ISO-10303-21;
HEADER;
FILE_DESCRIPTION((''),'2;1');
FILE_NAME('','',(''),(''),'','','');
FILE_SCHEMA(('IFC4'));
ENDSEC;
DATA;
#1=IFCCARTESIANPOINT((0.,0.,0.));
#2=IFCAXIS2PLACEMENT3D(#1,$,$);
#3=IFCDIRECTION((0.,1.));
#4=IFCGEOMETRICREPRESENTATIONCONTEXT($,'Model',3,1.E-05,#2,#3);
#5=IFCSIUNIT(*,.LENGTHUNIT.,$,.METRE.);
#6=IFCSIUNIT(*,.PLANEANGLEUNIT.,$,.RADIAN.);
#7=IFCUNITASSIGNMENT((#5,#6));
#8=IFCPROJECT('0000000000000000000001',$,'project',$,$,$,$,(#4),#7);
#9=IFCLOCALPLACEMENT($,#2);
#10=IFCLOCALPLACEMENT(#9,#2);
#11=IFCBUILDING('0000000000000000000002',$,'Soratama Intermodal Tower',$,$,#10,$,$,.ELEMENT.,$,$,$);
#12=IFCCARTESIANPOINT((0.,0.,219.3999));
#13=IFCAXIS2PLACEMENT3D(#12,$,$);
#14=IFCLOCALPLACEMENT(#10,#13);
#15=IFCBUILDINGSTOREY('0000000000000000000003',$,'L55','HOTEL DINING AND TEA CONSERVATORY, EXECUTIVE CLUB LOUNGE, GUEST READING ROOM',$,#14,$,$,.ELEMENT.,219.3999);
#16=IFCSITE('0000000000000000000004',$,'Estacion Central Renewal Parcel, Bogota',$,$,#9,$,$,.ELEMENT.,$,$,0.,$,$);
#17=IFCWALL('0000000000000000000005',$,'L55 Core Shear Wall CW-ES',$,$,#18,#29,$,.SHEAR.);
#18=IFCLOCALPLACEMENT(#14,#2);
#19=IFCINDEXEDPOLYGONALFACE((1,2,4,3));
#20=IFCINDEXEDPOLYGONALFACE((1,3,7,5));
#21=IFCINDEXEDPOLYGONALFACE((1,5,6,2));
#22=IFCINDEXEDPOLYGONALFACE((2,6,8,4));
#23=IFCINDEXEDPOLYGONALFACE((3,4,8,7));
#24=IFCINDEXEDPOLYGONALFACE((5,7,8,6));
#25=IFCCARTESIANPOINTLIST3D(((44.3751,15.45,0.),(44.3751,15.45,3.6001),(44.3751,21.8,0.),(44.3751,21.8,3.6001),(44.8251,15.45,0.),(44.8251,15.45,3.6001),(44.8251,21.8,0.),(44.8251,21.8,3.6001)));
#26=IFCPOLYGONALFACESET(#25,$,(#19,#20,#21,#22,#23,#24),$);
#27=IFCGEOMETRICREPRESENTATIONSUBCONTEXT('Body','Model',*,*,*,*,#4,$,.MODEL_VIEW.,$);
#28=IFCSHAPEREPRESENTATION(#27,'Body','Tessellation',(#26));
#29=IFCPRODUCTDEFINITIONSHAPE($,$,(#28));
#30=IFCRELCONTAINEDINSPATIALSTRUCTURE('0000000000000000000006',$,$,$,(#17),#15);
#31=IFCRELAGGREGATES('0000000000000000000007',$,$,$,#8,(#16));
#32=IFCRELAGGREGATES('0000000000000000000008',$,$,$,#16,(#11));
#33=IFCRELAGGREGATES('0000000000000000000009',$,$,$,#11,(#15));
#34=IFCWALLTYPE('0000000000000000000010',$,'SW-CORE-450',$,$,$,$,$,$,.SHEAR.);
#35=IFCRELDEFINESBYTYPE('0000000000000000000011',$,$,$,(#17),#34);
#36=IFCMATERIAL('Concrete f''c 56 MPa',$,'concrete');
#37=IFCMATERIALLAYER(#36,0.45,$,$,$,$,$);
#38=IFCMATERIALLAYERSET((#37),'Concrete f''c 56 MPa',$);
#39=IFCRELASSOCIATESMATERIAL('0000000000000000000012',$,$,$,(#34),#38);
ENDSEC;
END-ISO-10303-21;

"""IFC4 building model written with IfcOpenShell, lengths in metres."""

from ifc_helpers import new_model, si_unit, direction, frame, frame_2d, origin, place, context, subcontext, project, spatial, rectangle, extrude, material, layer, layer_set, type_object, element, save


model = new_model("IFC4")

# Units and contexts
model_context = context("Model", 3, precision=1e-05, world=origin(), true_north=direction((0.0, 1.0)))
body_context = subcontext(model_context, "Body", "Model", "MODEL_VIEW")
ifc_project = project(units=[si_unit("LENGTHUNIT", "METRE"), si_unit("PLANEANGLEUNIT", "RADIAN")], contexts=[model_context])

# Site, building, storey
site_placement = place(None, origin())
site = spatial("IfcSite", under=ifc_project, at=site_placement, Name="Estacion Central Renewal Parcel, Bogota", CompositionType="ELEMENT", RefElevation=0.0)
building_placement = place(site_placement, origin())
building = spatial("IfcBuilding", under=site, at=building_placement, Name="Soratama Intermodal Tower", CompositionType="ELEMENT")
storey_placement = place(building_placement, frame((0.0, 0.0, 219.3999)))
storey = spatial("IfcBuildingStorey", under=building, at=storey_placement, Name="L55", Description="HOTEL DINING AND TEA CONSERVATORY, EXECUTIVE CLUB LOUNGE, GUEST READING ROOM", CompositionType="ELEMENT", Elevation=219.3999)

# Wall
ifc_material_1 = material(Name="Concrete f'c 56 MPa", Category="concrete")
ifc_layer_1 = layer(ifc_material_1, 0.45)
ifc_layer_set_1 = layer_set([ifc_layer_1], Name="Concrete f'c 56 MPa")
wall_type_1 = type_object("IfcWallType", Name="SW-CORE-450", PredefinedType="SHEAR", material=ifc_layer_set_1)
wall_1_placement = place(storey_placement, frame((44.6001, 15.45, 0.0), z_axis=(0.0, 0.0, 1.0), x_axis=(0.0, 1.0, 0.0)))
element("IfcWall", 1, at=wall_1_placement, inside=storey, type_object=wall_type_1, Name="L55 Core Shear Wall CW-ES", PredefinedType="SHEAR", context=body_context, shape_type="SweptSolid", body=[
    extrude(rectangle(XDim=6.3501, YDim=0.45, at=frame_2d((3.175, 0.0))), origin(), (0.0, 0.0, 1.0), 3.6001),
])

save(model, "model.ifc")
